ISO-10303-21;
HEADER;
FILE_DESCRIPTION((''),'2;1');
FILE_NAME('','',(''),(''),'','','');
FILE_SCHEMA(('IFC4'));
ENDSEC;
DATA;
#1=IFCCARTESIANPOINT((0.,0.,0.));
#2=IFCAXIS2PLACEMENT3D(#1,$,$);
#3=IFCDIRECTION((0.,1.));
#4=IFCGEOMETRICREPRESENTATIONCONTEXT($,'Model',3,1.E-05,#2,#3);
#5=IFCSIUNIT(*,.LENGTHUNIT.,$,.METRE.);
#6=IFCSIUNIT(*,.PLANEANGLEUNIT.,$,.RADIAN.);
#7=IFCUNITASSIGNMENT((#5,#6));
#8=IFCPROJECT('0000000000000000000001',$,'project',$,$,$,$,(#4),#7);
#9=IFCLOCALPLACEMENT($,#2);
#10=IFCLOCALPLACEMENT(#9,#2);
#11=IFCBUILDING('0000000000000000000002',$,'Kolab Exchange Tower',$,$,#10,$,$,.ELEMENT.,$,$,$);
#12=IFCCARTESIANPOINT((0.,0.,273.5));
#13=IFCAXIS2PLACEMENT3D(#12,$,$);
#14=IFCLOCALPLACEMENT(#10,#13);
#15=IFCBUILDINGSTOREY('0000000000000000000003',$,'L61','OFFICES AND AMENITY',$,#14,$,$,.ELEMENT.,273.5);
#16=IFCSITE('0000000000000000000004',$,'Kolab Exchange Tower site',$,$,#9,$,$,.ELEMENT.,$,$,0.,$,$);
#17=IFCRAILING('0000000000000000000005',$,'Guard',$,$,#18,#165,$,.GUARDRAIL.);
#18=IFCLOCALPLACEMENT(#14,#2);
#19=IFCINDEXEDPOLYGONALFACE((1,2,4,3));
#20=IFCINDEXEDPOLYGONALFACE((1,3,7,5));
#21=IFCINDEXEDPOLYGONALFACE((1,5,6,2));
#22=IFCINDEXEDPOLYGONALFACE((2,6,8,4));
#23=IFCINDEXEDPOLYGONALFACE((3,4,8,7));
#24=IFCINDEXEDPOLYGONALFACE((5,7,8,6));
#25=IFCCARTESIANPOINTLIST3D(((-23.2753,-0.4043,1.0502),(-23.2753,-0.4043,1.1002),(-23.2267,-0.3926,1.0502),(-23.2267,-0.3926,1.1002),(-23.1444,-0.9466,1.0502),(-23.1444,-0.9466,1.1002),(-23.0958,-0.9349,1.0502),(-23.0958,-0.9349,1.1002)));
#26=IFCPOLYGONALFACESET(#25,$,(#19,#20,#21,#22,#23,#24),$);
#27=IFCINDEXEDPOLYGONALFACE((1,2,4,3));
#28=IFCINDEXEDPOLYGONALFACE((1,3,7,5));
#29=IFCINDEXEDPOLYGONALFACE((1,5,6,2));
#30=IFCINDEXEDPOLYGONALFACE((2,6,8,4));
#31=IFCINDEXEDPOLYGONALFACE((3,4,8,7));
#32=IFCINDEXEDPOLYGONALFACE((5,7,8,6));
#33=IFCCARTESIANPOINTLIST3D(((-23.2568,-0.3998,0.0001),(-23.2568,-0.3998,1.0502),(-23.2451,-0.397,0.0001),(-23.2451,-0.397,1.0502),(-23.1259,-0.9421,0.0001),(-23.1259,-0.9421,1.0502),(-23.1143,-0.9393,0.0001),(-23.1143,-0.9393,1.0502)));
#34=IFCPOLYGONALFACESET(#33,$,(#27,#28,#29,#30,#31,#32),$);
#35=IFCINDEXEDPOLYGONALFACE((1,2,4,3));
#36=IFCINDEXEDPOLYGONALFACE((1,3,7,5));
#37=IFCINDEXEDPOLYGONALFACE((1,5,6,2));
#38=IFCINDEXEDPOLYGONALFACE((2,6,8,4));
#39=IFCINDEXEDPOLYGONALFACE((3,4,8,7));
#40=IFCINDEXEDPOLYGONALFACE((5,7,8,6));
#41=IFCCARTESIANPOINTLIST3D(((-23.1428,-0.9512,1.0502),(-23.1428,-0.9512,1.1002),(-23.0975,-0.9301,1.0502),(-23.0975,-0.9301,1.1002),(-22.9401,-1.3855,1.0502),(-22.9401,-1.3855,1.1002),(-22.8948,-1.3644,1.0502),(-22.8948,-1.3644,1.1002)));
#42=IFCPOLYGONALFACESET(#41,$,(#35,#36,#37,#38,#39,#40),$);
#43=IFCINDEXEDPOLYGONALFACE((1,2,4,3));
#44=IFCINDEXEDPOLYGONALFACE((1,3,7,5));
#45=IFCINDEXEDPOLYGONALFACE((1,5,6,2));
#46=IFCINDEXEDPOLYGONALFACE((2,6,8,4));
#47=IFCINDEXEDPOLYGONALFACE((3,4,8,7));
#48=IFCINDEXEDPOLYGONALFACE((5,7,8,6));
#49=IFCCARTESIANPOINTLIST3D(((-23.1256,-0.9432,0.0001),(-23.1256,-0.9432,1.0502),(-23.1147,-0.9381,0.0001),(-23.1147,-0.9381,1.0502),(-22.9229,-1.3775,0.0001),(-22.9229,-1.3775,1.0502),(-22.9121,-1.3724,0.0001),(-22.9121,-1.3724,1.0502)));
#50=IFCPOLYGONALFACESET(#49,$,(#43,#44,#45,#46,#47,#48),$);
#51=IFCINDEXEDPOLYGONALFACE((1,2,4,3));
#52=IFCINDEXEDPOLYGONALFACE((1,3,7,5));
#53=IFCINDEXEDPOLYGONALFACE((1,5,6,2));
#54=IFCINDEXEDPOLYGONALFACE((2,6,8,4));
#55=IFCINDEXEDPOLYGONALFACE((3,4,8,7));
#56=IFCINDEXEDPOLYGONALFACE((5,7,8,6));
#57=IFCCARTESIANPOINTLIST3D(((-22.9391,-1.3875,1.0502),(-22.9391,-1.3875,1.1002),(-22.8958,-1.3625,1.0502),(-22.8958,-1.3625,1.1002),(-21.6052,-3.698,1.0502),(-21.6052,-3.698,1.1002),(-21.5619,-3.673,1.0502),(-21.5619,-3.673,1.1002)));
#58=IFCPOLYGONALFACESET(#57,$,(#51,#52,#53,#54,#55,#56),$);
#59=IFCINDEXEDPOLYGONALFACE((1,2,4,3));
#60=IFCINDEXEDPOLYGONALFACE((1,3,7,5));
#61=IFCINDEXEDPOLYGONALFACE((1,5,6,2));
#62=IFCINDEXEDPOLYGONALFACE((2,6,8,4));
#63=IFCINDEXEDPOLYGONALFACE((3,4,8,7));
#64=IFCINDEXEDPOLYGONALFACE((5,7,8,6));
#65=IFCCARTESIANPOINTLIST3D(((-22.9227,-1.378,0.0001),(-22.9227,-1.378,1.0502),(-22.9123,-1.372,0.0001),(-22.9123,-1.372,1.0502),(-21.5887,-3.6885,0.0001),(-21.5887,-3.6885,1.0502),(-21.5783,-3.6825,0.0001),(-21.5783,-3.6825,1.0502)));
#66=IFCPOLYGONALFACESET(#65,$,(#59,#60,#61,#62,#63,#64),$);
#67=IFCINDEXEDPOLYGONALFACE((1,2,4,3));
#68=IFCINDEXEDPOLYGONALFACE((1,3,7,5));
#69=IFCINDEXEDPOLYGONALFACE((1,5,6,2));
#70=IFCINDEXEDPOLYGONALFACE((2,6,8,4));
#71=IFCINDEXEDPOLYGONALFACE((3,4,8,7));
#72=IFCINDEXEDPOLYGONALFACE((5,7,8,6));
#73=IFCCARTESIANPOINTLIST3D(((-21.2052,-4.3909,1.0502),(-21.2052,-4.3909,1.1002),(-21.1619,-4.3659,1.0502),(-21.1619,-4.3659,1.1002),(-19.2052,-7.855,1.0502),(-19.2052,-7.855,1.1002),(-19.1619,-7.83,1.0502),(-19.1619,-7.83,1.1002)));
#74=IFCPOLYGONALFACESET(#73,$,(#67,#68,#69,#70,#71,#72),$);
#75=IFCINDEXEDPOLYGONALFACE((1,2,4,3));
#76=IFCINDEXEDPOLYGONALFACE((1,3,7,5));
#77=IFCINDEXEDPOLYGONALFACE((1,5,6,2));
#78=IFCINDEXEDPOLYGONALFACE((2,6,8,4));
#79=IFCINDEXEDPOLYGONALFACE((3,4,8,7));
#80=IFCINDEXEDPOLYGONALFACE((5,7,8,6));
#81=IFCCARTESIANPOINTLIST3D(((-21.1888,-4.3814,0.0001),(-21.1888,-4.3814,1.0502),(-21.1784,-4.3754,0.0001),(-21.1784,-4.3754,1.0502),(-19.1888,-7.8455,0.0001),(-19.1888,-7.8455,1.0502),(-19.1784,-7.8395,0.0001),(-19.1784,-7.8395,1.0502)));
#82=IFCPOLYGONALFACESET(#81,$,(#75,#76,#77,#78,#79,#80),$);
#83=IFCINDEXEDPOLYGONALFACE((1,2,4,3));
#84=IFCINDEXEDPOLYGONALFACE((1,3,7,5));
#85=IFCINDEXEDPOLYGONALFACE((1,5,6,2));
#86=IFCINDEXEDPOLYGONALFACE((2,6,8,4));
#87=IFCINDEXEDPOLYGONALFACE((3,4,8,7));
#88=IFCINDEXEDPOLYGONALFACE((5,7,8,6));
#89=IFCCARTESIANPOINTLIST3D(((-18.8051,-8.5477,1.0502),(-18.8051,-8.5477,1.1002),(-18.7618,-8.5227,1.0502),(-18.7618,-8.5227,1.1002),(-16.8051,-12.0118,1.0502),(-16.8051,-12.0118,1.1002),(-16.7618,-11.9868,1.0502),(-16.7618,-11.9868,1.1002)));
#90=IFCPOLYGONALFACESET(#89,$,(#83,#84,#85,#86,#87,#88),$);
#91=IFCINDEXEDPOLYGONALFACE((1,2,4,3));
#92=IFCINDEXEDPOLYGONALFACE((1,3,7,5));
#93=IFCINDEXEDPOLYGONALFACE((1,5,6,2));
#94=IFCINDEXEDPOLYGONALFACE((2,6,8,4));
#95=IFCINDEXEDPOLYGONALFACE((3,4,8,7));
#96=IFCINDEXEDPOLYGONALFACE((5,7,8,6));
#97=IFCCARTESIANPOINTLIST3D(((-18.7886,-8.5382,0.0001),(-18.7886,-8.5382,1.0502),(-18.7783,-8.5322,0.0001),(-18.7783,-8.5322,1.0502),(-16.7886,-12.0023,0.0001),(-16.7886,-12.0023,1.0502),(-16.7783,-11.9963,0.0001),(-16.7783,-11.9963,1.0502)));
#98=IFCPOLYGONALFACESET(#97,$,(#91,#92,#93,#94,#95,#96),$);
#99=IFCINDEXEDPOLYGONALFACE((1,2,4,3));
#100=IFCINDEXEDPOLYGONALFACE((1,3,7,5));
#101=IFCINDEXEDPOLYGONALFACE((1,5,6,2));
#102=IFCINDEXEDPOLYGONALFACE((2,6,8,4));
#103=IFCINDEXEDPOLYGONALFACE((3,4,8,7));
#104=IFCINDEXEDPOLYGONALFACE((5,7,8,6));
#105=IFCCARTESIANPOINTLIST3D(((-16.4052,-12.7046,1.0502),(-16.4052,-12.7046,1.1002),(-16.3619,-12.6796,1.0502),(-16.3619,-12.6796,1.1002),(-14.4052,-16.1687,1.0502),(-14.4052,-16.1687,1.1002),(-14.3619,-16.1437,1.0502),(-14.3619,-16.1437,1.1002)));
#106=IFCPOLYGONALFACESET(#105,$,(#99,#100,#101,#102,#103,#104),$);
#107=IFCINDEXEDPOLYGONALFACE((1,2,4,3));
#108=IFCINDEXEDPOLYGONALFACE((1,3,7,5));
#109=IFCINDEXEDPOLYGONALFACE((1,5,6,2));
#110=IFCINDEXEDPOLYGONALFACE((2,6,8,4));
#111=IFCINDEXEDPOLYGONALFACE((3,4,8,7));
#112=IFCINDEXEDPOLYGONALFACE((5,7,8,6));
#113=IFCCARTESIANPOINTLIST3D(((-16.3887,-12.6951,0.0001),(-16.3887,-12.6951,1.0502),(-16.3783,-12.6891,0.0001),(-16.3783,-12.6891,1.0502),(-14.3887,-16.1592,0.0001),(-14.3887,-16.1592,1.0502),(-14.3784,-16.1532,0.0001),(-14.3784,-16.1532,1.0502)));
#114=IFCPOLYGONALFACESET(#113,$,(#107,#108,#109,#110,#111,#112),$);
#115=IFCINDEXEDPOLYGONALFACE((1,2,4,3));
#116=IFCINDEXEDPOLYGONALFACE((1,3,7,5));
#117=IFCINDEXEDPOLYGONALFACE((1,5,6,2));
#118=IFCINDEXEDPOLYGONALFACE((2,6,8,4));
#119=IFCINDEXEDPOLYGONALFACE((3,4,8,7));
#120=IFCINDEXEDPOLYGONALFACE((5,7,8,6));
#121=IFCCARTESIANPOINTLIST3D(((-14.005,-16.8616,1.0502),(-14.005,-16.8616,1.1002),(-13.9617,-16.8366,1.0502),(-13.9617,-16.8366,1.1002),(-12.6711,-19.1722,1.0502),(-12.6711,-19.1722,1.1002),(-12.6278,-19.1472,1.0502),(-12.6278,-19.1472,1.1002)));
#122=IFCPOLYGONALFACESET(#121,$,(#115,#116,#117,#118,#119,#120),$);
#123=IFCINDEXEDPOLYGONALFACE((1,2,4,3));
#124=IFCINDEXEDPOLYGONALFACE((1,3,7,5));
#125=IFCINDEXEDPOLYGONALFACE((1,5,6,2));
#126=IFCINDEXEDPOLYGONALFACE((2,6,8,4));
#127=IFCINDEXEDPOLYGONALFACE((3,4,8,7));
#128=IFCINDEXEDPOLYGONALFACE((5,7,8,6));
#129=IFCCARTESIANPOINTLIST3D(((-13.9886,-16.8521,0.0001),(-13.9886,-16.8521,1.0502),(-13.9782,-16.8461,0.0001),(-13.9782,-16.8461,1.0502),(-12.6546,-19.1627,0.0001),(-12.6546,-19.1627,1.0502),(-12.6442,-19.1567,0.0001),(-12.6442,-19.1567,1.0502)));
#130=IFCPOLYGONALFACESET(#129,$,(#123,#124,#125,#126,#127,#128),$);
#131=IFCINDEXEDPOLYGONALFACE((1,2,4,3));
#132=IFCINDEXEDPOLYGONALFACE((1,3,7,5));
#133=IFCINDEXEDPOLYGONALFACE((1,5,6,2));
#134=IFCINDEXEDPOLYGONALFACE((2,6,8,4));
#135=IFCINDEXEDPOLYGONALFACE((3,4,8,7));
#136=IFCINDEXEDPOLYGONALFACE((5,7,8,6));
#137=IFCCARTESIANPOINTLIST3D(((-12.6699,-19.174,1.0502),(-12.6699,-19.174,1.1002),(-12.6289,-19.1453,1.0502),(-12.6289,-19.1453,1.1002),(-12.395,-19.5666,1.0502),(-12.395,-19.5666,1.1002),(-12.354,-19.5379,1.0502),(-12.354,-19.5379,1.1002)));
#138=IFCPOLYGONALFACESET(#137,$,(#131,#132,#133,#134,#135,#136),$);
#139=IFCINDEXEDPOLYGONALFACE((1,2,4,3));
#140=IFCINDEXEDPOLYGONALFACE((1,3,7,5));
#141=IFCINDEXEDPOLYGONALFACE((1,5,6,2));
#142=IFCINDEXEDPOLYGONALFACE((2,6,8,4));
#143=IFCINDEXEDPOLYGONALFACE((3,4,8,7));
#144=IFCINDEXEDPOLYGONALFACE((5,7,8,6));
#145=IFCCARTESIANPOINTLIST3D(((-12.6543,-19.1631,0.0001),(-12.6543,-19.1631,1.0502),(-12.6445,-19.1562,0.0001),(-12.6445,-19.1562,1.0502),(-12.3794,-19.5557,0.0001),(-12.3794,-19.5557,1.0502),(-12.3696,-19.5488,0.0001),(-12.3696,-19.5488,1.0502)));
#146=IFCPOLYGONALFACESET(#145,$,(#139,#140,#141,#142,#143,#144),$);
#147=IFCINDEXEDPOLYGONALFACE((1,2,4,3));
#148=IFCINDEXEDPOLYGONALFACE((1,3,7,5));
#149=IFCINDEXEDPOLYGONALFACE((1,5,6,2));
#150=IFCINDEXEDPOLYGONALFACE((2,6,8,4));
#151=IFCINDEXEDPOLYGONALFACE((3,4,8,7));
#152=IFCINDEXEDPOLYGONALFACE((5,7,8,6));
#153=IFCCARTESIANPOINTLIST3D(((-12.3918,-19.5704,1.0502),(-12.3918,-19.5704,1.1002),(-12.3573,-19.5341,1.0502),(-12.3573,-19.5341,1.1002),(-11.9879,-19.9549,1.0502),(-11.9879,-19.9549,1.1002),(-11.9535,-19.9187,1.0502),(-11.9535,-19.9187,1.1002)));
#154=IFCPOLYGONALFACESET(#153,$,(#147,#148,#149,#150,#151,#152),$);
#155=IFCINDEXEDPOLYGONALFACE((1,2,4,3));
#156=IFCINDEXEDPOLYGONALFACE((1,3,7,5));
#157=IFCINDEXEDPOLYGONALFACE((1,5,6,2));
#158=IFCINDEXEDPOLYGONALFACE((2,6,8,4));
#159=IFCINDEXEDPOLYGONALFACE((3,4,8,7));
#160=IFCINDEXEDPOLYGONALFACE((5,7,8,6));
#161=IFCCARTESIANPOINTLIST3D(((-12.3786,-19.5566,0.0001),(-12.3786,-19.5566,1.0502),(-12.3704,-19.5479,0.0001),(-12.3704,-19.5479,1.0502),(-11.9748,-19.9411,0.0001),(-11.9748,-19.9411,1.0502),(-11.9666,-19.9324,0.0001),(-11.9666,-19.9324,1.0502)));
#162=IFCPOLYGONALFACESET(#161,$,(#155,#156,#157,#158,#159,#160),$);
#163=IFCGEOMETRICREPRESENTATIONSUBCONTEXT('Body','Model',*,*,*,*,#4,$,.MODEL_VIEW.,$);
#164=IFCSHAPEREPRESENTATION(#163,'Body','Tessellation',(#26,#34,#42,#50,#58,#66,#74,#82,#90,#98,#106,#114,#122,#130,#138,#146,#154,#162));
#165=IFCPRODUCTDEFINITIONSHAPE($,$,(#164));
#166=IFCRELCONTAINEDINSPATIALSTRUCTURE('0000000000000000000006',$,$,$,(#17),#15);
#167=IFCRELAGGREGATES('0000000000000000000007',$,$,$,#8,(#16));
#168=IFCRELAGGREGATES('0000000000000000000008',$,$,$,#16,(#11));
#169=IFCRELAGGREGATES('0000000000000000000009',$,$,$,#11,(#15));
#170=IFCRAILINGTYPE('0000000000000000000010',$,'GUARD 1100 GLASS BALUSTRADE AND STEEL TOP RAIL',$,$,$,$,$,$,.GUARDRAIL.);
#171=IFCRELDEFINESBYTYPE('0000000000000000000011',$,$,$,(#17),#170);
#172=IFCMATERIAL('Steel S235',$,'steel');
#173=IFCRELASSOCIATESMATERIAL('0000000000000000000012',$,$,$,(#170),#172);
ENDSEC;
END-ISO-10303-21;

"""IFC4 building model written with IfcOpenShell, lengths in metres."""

from ifc_helpers import new_model, si_unit, direction, frame, frame_2d, origin, origin_2d, place, context, subcontext, project, spatial, rectangle, extrude, material, type_object, element, save


model = new_model("IFC4")

# Units and contexts
model_context = context("Model", 3, precision=1e-05, world=origin(), true_north=direction((0.0, 1.0)))
body_context = subcontext(model_context, "Body", "Model", "MODEL_VIEW")
ifc_project = project(units=[si_unit("LENGTHUNIT", "METRE"), si_unit("PLANEANGLEUNIT", "RADIAN")], contexts=[model_context])

# Site, building, storey
site_placement = place(None, origin())
site = spatial("IfcSite", under=ifc_project, at=site_placement, Name="Kolab Exchange Tower site", CompositionType="ELEMENT", RefElevation=0.0)
building_placement = place(site_placement, origin())
building = spatial("IfcBuilding", under=site, at=building_placement, Name="Kolab Exchange Tower", CompositionType="ELEMENT")
storey_placement = place(building_placement, frame((0.0, 0.0, 273.5)))
storey = spatial("IfcBuildingStorey", under=building, at=storey_placement, Name="L61", Description="OFFICES AND AMENITY", CompositionType="ELEMENT", Elevation=273.5)

# Shared definitions
ifc_material_1 = material(Name="Steel S235", Category="steel")

# Railing
railing_type = type_object("IfcRailingType", Name="GUARD 1100 GLASS BALUSTRADE AND STEEL TOP RAIL", PredefinedType="GUARDRAIL", material=ifc_material_1)
railing_placement = place(storey_placement, frame((-23.251, -0.3984, 0.0)))
element("IfcRailing", 1, at=railing_placement, inside=storey, type_object=railing_type, Name="Guard", PredefinedType="GUARDRAIL", context=body_context, shape_type="SweptSolid", body=[
    extrude(rectangle(XDim=0.05, YDim=0.05, at=origin_2d()), frame((0.0, 0.0, 1.0752), z_axis=(0.234598, -0.972093, 0.0), x_axis=(0.972093, 0.234598, 0.0)), (0.0, 0.0, 1.0), 0.5579),
    extrude(rectangle(XDim=0.012, YDim=1.0501, at=frame_2d((0.0, 0.5251))), frame((0.0, 0.0, 0.0), z_axis=(0.234598, -0.972093, 0.0), x_axis=(0.972093, 0.234598, 0.0)), (0.0, 0.0, 1.0), 0.5579),
    extrude(rectangle(XDim=0.05, YDim=0.05, at=origin_2d()), frame((0.1309, -0.5422, 1.0752), z_axis=(0.422802, -0.906222, 0.0), x_axis=(0.906222, 0.422802, 0.0)), (0.0, 0.0, 1.0), 0.4792),
    extrude(rectangle(XDim=0.012, YDim=1.0501, at=frame_2d((0.0, 0.5251))), frame((0.1309, -0.5422, 0.0), z_axis=(0.422802, -0.906222, 0.0), x_axis=(0.906222, 0.422802, 0.0)), (0.0, 0.0, 1.0), 0.4792),
    extrude(rectangle(XDim=0.05, YDim=0.05, at=origin_2d()), frame((0.3335, -0.9766, 1.0752), z_axis=(0.499997, -0.866027, 0.0), x_axis=(0.866027, 0.499997, 0.0)), (0.0, 0.0, 1.0), 2.668),
    extrude(rectangle(XDim=0.012, YDim=1.0501, at=frame_2d((0.0, 0.5251))), frame((0.3335, -0.9766, 0.0), z_axis=(0.499997, -0.866027, 0.0), x_axis=(0.866027, 0.499997, 0.0)), (0.0, 0.0, 1.0), 2.668),
    extrude(rectangle(XDim=0.05, YDim=0.05, at=origin_2d()), frame((2.0674, -3.98, 1.0752), z_axis=(0.499999, -0.866026, 0.0), x_axis=(0.866026, 0.499999, 0.0)), (0.0, 0.0, 1.0), 4.0),
    extrude(rectangle(XDim=0.012, YDim=1.0501, at=frame_2d((0.0, 0.5251))), frame((2.0674, -3.98, 0.0), z_axis=(0.499999, -0.866026, 0.0), x_axis=(0.866026, 0.499999, 0.0)), (0.0, 0.0, 1.0), 4.0),
    extrude(rectangle(XDim=0.05, YDim=0.05, at=origin_2d()), frame((4.4675, -8.1367, 1.0752), z_axis=(0.499999, -0.866026, 0.0), x_axis=(0.866026, 0.499999, 0.0)), (0.0, 0.0, 1.0), 4.0),
    extrude(rectangle(XDim=0.012, YDim=1.0501, at=frame_2d((0.0, 0.5251))), frame((4.4675, -8.1367, 0.0), z_axis=(0.499999, -0.866026, 0.0), x_axis=(0.866026, 0.499999, 0.0)), (0.0, 0.0, 1.0), 4.0),
    extrude(rectangle(XDim=0.05, YDim=0.05, at=origin_2d()), frame((6.8674, -12.2937, 1.0752), z_axis=(0.499999, -0.866026, 0.0), x_axis=(0.866026, 0.499999, 0.0)), (0.0, 0.0, 1.0), 4.0),
    extrude(rectangle(XDim=0.012, YDim=1.0501, at=frame_2d((0.0, 0.5251))), frame((6.8674, -12.2937, 0.0), z_axis=(0.499999, -0.866026, 0.0), x_axis=(0.866026, 0.499999, 0.0)), (0.0, 0.0, 1.0), 4.0),
    extrude(rectangle(XDim=0.05, YDim=0.05, at=origin_2d()), frame((9.2676, -16.4507, 1.0752), z_axis=(0.499997, -0.866027, 0.0), x_axis=(0.866027, 0.499997, 0.0)), (0.0, 0.0, 1.0), 2.668),
    extrude(rectangle(XDim=0.012, YDim=1.0501, at=frame_2d((0.0, 0.5251))), frame((9.2676, -16.4507, 0.0), z_axis=(0.499997, -0.866027, 0.0), x_axis=(0.866027, 0.499997, 0.0)), (0.0, 0.0, 1.0), 2.668),
    extrude(rectangle(XDim=0.05, YDim=0.05, at=origin_2d()), frame((10.6016, -18.7612, 1.0752), z_axis=(0.573599, -0.819136, 0.0), x_axis=(0.819136, 0.573599, 0.0)), (0.0, 0.0, 1.0), 0.4792),
    extrude(rectangle(XDim=0.012, YDim=1.0501, at=frame_2d((0.0, 0.5251))), frame((10.6016, -18.7612, 0.0), z_axis=(0.573599, -0.819136, 0.0), x_axis=(0.819136, 0.573599, 0.0)), (0.0, 0.0, 1.0), 0.4792),
    extrude(rectangle(XDim=0.05, YDim=0.05, at=origin_2d()), frame((10.8765, -19.1538, 1.0752), z_axis=(0.72419, -0.689601, 0.0), x_axis=(0.689601, 0.72419, 0.0)), (0.0, 0.0, 1.0), 0.5576),
    extrude(rectangle(XDim=0.012, YDim=1.0501, at=frame_2d((0.0, 0.5251))), frame((10.8765, -19.1538, 0.0), z_axis=(0.72419, -0.689601, 0.0), x_axis=(0.689601, 0.72419, 0.0)), (0.0, 0.0, 1.0), 0.5576),
])

save(model, "model.ifc")
